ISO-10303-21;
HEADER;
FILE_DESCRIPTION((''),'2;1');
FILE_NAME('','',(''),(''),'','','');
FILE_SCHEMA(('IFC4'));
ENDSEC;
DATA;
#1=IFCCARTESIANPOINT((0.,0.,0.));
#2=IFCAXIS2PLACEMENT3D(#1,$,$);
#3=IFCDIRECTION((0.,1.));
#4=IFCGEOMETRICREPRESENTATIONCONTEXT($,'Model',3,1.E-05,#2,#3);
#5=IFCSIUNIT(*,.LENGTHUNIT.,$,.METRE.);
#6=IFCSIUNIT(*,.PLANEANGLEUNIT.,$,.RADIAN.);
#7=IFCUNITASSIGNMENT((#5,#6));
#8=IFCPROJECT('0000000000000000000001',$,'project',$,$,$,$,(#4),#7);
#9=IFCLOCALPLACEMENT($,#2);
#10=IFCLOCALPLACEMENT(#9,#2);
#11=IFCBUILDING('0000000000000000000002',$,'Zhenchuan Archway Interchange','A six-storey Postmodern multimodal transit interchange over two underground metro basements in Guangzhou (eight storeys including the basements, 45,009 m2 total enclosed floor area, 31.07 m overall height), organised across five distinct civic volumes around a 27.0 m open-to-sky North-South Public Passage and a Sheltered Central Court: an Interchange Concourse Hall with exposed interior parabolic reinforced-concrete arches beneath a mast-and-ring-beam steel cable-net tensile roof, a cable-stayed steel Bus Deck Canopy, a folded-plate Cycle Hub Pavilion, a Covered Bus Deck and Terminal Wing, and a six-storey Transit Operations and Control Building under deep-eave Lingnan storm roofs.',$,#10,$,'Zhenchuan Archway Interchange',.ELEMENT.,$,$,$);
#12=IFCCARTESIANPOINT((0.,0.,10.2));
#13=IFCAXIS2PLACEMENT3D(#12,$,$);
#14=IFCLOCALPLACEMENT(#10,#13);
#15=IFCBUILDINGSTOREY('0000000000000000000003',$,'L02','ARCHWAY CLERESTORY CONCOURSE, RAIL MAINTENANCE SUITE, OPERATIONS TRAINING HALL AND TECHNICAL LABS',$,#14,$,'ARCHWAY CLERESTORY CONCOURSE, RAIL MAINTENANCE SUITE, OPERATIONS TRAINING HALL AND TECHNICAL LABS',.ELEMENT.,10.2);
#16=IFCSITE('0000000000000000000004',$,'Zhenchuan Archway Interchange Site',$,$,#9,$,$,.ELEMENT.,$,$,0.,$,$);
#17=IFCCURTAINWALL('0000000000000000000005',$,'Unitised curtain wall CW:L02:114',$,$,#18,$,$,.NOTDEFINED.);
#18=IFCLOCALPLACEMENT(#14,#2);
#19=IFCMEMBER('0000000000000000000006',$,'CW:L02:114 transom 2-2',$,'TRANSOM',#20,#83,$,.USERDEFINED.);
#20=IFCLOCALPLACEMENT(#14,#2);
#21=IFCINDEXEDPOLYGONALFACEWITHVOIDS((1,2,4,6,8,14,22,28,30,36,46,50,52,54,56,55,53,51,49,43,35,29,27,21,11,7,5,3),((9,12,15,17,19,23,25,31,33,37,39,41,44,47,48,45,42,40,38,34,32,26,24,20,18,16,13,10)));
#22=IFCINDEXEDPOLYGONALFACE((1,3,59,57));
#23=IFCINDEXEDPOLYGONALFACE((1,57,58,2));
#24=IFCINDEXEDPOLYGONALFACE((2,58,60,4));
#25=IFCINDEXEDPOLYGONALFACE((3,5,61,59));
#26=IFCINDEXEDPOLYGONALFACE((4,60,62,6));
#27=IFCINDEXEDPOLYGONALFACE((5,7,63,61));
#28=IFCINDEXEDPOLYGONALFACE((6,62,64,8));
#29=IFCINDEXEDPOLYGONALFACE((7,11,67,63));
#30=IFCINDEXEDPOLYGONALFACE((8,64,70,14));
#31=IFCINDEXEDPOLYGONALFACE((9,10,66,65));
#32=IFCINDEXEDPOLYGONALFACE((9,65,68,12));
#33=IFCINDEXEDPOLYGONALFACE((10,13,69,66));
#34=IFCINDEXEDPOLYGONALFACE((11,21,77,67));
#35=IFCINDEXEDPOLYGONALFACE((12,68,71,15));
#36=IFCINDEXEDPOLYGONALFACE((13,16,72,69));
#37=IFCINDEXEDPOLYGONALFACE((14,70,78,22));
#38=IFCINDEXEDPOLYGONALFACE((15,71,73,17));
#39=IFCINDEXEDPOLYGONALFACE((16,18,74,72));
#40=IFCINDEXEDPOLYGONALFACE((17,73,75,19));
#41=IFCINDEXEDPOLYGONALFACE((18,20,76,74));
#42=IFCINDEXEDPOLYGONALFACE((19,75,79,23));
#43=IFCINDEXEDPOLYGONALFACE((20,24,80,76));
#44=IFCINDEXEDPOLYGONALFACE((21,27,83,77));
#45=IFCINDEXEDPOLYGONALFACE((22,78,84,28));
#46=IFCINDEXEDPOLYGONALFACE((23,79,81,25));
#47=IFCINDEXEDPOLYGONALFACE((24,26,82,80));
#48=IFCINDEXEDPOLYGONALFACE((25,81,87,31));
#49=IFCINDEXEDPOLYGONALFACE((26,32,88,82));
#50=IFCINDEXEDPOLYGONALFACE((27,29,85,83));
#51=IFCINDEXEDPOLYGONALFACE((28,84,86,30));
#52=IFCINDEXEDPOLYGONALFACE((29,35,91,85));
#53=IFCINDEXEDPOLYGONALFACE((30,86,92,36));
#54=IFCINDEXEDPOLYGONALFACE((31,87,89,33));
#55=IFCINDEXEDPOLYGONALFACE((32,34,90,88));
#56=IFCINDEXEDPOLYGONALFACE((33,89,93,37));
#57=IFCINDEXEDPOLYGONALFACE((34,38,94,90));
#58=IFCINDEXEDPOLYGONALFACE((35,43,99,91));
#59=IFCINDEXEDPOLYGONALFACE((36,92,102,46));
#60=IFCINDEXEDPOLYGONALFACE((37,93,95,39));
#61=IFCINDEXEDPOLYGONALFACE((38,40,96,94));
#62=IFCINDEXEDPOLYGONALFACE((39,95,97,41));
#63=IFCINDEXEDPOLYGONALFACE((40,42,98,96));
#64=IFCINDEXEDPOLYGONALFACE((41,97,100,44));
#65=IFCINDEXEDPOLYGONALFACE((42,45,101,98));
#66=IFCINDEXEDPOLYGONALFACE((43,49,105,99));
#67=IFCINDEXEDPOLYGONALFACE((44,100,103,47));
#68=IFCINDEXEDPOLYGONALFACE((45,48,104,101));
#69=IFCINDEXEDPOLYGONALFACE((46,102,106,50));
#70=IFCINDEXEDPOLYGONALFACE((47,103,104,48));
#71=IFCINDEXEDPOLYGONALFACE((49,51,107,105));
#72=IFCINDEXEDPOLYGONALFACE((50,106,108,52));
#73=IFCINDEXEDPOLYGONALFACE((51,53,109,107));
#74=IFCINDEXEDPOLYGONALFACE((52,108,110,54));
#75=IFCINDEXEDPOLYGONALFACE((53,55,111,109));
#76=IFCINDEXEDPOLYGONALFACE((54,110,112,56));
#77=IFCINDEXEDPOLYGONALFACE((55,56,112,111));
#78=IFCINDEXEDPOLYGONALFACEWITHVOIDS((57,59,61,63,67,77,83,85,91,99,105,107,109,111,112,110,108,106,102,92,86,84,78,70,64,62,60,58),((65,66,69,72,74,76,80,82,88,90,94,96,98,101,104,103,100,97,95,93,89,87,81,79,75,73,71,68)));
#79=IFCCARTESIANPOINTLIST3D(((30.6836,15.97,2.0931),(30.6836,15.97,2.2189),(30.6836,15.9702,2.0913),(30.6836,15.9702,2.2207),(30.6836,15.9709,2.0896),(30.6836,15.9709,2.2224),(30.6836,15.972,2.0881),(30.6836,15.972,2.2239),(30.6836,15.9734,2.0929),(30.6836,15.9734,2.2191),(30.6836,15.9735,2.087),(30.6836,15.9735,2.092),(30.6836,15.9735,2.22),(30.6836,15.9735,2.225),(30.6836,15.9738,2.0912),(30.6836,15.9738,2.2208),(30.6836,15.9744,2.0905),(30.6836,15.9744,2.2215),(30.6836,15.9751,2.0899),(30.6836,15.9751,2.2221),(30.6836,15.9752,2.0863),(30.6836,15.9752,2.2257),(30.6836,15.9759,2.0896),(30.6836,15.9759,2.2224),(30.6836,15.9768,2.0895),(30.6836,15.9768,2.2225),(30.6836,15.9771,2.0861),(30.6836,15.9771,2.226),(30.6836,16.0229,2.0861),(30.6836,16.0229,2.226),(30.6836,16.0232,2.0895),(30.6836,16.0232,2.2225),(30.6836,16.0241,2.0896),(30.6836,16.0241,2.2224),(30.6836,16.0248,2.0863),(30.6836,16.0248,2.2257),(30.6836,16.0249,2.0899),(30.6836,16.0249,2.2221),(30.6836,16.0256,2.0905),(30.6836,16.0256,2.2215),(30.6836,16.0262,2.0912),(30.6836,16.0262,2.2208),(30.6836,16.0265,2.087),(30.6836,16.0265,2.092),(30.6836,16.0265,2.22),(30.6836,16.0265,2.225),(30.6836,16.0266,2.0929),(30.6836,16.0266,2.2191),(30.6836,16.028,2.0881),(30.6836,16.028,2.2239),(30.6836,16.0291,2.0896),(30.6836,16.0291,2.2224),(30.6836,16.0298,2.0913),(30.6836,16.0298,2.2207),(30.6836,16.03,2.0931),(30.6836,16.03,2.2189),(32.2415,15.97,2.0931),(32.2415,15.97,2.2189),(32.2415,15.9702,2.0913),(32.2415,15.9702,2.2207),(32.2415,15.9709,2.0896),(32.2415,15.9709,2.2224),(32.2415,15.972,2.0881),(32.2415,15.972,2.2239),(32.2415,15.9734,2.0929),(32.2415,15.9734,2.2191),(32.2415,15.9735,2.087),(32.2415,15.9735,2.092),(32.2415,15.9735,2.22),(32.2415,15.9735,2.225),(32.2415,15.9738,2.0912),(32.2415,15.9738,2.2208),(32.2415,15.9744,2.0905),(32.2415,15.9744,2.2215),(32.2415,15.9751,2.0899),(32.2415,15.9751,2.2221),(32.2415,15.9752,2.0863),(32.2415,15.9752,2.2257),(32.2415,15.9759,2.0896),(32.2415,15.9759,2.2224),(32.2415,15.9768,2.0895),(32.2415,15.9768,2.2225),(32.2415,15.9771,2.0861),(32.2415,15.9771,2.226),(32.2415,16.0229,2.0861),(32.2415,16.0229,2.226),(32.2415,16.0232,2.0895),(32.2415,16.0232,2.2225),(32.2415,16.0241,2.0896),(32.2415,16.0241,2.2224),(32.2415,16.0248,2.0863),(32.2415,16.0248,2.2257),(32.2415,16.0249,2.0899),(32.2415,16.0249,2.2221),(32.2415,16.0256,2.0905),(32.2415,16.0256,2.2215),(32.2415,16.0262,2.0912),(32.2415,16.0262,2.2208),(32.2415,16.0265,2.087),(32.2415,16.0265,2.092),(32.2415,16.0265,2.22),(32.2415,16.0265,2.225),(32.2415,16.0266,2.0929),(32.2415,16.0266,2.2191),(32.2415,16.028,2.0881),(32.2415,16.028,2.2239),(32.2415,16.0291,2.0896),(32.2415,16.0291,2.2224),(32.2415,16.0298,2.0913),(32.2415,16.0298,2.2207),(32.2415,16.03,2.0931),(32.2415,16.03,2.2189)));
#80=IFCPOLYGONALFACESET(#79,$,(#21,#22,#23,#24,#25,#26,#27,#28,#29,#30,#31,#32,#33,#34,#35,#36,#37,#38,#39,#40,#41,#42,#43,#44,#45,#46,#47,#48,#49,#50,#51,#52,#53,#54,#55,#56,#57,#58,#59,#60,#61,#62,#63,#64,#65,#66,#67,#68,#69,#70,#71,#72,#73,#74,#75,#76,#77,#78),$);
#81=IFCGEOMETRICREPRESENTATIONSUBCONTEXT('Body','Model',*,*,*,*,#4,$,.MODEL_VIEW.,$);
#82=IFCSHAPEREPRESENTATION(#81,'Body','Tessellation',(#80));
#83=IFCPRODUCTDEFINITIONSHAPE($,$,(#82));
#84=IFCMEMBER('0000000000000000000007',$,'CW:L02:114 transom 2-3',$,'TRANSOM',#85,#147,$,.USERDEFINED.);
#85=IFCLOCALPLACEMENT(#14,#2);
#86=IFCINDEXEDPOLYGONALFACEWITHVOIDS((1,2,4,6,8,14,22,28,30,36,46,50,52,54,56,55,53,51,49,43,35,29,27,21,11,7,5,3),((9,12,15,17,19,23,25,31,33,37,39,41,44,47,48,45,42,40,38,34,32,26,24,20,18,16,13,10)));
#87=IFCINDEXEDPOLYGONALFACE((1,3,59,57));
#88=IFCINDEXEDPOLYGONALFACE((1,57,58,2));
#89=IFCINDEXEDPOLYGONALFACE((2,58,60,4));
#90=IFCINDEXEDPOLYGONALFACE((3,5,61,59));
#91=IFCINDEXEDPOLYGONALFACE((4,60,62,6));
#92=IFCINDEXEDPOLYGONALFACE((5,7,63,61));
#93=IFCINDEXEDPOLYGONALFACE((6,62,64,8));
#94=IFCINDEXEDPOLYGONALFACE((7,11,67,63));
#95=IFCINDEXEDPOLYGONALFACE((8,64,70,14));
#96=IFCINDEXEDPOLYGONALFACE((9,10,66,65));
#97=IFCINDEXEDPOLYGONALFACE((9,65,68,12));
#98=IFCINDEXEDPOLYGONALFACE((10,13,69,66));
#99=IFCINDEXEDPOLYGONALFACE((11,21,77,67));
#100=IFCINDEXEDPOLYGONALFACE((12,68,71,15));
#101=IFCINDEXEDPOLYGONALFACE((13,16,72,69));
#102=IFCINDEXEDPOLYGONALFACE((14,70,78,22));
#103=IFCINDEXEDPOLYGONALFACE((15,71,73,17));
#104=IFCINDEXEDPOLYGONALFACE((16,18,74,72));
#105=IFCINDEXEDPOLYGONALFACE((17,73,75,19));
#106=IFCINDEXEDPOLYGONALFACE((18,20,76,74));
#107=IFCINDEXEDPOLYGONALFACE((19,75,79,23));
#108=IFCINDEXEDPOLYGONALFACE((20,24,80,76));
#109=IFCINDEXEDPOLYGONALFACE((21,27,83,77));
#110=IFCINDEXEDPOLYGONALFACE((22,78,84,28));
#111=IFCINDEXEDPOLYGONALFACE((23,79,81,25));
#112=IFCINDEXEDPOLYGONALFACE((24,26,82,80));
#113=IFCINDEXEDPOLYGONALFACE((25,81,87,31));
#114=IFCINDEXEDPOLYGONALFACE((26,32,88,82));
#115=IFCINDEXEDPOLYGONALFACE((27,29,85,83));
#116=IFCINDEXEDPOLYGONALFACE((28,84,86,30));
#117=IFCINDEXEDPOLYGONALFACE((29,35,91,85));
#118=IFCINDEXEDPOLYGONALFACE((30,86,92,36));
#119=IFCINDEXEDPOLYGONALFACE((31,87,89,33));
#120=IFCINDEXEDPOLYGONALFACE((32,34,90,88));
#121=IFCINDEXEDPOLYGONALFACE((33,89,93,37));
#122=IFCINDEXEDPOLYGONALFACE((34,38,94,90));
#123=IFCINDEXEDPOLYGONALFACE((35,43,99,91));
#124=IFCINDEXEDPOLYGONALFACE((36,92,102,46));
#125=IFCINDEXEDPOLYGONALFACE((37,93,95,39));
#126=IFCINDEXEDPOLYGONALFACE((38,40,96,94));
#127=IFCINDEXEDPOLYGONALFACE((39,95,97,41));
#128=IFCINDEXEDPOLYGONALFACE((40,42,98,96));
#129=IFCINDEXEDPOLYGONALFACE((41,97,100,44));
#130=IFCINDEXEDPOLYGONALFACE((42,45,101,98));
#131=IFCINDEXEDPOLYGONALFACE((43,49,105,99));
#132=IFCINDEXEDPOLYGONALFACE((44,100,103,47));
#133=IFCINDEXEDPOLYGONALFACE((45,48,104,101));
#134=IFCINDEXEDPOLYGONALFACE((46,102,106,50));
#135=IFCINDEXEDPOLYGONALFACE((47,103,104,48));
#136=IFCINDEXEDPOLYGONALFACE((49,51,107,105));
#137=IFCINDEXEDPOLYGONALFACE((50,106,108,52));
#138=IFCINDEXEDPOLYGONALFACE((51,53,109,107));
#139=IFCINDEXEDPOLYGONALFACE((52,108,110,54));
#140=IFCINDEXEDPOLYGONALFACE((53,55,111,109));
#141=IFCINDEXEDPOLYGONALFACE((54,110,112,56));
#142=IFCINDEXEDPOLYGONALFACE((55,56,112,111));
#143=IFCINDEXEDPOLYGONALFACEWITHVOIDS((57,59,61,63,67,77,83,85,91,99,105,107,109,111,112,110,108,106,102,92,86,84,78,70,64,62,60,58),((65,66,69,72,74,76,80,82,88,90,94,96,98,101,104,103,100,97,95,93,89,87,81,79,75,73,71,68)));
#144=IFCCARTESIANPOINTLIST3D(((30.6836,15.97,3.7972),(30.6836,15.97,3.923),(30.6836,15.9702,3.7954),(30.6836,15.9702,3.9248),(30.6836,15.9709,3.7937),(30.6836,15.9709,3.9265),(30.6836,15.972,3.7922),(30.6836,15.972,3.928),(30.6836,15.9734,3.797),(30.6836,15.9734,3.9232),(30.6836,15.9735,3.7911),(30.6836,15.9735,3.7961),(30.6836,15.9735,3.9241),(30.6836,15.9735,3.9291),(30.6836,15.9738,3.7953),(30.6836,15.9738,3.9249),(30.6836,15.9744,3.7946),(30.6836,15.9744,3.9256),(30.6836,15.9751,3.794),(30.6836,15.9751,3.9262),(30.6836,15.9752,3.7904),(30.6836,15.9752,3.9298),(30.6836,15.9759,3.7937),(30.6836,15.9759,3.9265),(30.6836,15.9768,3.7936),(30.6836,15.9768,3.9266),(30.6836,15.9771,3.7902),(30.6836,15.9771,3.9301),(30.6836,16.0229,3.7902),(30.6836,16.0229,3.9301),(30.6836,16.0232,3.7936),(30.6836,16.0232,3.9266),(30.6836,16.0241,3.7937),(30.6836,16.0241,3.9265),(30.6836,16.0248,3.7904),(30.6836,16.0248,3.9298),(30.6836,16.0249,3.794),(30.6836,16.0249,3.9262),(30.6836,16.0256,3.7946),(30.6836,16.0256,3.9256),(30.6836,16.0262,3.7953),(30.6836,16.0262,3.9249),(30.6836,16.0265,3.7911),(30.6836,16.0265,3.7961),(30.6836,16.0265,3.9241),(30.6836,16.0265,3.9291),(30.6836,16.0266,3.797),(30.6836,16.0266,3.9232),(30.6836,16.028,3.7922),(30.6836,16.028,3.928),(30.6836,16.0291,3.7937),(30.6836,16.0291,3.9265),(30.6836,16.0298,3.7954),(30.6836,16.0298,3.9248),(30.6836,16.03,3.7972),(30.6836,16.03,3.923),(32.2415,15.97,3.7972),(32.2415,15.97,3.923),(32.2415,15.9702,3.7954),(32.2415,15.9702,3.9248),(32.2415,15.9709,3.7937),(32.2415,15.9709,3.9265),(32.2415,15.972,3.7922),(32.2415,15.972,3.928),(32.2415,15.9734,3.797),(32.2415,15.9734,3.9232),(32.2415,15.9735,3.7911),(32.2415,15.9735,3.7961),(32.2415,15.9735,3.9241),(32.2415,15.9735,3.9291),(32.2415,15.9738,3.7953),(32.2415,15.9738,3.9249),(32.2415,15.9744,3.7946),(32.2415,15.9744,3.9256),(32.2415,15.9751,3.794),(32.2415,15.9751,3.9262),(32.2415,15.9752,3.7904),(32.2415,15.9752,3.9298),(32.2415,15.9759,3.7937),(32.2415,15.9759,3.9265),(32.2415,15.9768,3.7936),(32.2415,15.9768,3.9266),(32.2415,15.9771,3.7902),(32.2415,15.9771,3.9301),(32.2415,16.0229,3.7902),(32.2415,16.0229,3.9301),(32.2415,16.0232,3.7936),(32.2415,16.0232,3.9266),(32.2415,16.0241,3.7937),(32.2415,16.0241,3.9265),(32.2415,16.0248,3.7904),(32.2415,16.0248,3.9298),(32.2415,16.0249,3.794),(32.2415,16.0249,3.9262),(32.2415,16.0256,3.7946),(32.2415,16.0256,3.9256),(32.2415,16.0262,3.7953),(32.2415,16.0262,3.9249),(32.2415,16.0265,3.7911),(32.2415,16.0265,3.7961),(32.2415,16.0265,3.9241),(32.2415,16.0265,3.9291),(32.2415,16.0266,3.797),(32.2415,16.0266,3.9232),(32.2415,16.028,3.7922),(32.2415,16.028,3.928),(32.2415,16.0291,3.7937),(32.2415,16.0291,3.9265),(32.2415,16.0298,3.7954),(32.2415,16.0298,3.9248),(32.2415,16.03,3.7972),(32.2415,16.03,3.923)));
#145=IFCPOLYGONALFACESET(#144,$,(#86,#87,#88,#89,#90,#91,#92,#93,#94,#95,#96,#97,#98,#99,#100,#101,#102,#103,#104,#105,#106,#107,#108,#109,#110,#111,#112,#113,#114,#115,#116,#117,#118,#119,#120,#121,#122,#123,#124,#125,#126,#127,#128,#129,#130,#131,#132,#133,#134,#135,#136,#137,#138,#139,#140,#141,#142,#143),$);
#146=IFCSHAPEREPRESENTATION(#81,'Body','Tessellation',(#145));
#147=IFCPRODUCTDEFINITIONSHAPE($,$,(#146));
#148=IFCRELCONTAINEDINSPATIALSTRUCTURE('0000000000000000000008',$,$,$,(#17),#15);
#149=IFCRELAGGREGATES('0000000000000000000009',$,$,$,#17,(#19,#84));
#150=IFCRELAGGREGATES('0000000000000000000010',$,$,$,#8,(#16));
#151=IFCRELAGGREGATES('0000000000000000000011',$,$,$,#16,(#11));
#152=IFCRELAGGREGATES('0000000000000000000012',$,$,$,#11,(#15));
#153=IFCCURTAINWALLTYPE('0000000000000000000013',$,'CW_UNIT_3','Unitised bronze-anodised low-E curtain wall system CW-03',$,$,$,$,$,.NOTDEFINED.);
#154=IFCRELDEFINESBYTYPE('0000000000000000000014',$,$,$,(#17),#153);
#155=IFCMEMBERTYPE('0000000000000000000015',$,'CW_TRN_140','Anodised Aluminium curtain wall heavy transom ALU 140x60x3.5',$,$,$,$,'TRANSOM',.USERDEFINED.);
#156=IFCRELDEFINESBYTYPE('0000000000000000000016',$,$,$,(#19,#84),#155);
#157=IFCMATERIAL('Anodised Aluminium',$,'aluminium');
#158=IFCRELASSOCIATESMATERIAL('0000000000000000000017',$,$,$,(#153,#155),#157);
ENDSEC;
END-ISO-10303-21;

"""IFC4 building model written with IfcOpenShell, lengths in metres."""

from ifc_helpers import new_model, si_unit, direction, frame, origin, origin_2d, place, context, subcontext, project, spatial, hollow_rectangle, extrude, material, material_profile, profile_set, type_object, element, aggregate, save


model = new_model("IFC4")

# Units and contexts
model_context = context("Model", 3, precision=1e-05, world=origin(), true_north=direction((0.0, 1.0)))
body_context = subcontext(model_context, "Body", "Model", "MODEL_VIEW")
ifc_project = project(units=[si_unit("LENGTHUNIT", "METRE"), si_unit("PLANEANGLEUNIT", "RADIAN")], contexts=[model_context])

# Site, building, storey
site_placement = place(None, origin())
site = spatial("IfcSite", under=ifc_project, at=site_placement, Name="Zhenchuan Archway Interchange Site", CompositionType="ELEMENT", RefElevation=0.0)
building_placement = place(site_placement, origin())
building = spatial("IfcBuilding", under=site, at=building_placement, Name="Zhenchuan Archway Interchange", Description="A six-storey Postmodern multimodal transit interchange over two underground metro basements in Guangzhou (eight storeys including the basements, 45,009 m2 total enclosed floor area, 31.07 m overall height), organised across five distinct civic volumes around a 27.0 m open-to-sky North-South Public Passage and a Sheltered Central Court: an Interchange Concourse Hall with exposed interior parabolic reinforced-concrete arches beneath a mast-and-ring-beam steel cable-net tensile roof, a cable-stayed steel Bus Deck Canopy, a folded-plate Cycle Hub Pavilion, a Covered Bus Deck and Terminal Wing, and a six-storey Transit Operations and Control Building under deep-eave Lingnan storm roofs.", LongName="Zhenchuan Archway Interchange", CompositionType="ELEMENT")
storey_placement = place(building_placement, frame((0.0, 0.0, 10.2)))
storey = spatial("IfcBuildingStorey", under=building, at=storey_placement, Name="L02", Description="ARCHWAY CLERESTORY CONCOURSE, RAIL MAINTENANCE SUITE, OPERATIONS TRAINING HALL AND TECHNICAL LABS", LongName="ARCHWAY CLERESTORY CONCOURSE, RAIL MAINTENANCE SUITE, OPERATIONS TRAINING HALL AND TECHNICAL LABS", CompositionType="ELEMENT", Elevation=10.2)

# Curtain wall, members
ifc_material_1 = material(Name="Anodised Aluminium", Category="aluminium")
curtain_wall_type = type_object("IfcCurtainWallType", Name="CW_UNIT_3", Description="Unitised bronze-anodised low-E curtain wall system CW-03", PredefinedType="NOTDEFINED", material=ifc_material_1)
curtain_wall_placement = place(storey_placement, origin())
curtain_wall = element("IfcCurtainWall", 1, at=curtain_wall_placement, inside=storey, type_object=curtain_wall_type, Name="Unitised curtain wall CW:L02:114", PredefinedType="NOTDEFINED")
ifc_material_profile_1 = material_profile(ifc_material_1, hollow_rectangle(XDim=0.0601, YDim=0.1399, WallThickness=0.0034, InnerFilletRadius=0.0034, OuterFilletRadius=0.0071, at=origin_2d()), Name="ALU 140x60x3.5")
ifc_profile_set_1 = profile_set([ifc_material_profile_1], Name="Anodised Aluminium")
member_type_1 = type_object("IfcMemberType", Name="CW_TRN_140", Description="Anodised Aluminium curtain wall heavy transom ALU 140x60x3.5", ElementType="TRANSOM", PredefinedType="USERDEFINED", material=ifc_profile_set_1)
member_1_placement = place(storey_placement, frame((30.6836, 16.0, 2.156), z_axis=(1.0, 0.0, 0.0), x_axis=(0.0, 1.0, 0.0)))
member_1 = element("IfcMember", 2, at=member_1_placement, type_object=member_type_1, Name="CW:L02:114 transom 2-2", ObjectType="TRANSOM", PredefinedType="USERDEFINED", context=body_context, shape_type="SweptSolid", body=[
    extrude(hollow_rectangle(XDim=0.0601, YDim=0.1399, WallThickness=0.0034, InnerFilletRadius=0.0034, OuterFilletRadius=0.0071, at=origin_2d()), origin(), (0.0, 0.0, 1.0), 1.5579),
])
member_2_placement = place(storey_placement, frame((30.6836, 16.0, 3.8601), z_axis=(1.0, 0.0, 0.0), x_axis=(0.0, 1.0, 0.0)))
member_2 = element("IfcMember", 3, at=member_2_placement, type_object=member_type_1, Name="CW:L02:114 transom 2-3", ObjectType="TRANSOM", PredefinedType="USERDEFINED", context=body_context, shape_type="SweptSolid", body=[
    extrude(hollow_rectangle(XDim=0.0601, YDim=0.1399, WallThickness=0.0034, InnerFilletRadius=0.0034, OuterFilletRadius=0.0071, at=origin_2d()), origin(), (0.0, 0.0, 1.0), 1.5579),
])
aggregate(curtain_wall, [member_1, member_2])

save(model, "model.ifc")
